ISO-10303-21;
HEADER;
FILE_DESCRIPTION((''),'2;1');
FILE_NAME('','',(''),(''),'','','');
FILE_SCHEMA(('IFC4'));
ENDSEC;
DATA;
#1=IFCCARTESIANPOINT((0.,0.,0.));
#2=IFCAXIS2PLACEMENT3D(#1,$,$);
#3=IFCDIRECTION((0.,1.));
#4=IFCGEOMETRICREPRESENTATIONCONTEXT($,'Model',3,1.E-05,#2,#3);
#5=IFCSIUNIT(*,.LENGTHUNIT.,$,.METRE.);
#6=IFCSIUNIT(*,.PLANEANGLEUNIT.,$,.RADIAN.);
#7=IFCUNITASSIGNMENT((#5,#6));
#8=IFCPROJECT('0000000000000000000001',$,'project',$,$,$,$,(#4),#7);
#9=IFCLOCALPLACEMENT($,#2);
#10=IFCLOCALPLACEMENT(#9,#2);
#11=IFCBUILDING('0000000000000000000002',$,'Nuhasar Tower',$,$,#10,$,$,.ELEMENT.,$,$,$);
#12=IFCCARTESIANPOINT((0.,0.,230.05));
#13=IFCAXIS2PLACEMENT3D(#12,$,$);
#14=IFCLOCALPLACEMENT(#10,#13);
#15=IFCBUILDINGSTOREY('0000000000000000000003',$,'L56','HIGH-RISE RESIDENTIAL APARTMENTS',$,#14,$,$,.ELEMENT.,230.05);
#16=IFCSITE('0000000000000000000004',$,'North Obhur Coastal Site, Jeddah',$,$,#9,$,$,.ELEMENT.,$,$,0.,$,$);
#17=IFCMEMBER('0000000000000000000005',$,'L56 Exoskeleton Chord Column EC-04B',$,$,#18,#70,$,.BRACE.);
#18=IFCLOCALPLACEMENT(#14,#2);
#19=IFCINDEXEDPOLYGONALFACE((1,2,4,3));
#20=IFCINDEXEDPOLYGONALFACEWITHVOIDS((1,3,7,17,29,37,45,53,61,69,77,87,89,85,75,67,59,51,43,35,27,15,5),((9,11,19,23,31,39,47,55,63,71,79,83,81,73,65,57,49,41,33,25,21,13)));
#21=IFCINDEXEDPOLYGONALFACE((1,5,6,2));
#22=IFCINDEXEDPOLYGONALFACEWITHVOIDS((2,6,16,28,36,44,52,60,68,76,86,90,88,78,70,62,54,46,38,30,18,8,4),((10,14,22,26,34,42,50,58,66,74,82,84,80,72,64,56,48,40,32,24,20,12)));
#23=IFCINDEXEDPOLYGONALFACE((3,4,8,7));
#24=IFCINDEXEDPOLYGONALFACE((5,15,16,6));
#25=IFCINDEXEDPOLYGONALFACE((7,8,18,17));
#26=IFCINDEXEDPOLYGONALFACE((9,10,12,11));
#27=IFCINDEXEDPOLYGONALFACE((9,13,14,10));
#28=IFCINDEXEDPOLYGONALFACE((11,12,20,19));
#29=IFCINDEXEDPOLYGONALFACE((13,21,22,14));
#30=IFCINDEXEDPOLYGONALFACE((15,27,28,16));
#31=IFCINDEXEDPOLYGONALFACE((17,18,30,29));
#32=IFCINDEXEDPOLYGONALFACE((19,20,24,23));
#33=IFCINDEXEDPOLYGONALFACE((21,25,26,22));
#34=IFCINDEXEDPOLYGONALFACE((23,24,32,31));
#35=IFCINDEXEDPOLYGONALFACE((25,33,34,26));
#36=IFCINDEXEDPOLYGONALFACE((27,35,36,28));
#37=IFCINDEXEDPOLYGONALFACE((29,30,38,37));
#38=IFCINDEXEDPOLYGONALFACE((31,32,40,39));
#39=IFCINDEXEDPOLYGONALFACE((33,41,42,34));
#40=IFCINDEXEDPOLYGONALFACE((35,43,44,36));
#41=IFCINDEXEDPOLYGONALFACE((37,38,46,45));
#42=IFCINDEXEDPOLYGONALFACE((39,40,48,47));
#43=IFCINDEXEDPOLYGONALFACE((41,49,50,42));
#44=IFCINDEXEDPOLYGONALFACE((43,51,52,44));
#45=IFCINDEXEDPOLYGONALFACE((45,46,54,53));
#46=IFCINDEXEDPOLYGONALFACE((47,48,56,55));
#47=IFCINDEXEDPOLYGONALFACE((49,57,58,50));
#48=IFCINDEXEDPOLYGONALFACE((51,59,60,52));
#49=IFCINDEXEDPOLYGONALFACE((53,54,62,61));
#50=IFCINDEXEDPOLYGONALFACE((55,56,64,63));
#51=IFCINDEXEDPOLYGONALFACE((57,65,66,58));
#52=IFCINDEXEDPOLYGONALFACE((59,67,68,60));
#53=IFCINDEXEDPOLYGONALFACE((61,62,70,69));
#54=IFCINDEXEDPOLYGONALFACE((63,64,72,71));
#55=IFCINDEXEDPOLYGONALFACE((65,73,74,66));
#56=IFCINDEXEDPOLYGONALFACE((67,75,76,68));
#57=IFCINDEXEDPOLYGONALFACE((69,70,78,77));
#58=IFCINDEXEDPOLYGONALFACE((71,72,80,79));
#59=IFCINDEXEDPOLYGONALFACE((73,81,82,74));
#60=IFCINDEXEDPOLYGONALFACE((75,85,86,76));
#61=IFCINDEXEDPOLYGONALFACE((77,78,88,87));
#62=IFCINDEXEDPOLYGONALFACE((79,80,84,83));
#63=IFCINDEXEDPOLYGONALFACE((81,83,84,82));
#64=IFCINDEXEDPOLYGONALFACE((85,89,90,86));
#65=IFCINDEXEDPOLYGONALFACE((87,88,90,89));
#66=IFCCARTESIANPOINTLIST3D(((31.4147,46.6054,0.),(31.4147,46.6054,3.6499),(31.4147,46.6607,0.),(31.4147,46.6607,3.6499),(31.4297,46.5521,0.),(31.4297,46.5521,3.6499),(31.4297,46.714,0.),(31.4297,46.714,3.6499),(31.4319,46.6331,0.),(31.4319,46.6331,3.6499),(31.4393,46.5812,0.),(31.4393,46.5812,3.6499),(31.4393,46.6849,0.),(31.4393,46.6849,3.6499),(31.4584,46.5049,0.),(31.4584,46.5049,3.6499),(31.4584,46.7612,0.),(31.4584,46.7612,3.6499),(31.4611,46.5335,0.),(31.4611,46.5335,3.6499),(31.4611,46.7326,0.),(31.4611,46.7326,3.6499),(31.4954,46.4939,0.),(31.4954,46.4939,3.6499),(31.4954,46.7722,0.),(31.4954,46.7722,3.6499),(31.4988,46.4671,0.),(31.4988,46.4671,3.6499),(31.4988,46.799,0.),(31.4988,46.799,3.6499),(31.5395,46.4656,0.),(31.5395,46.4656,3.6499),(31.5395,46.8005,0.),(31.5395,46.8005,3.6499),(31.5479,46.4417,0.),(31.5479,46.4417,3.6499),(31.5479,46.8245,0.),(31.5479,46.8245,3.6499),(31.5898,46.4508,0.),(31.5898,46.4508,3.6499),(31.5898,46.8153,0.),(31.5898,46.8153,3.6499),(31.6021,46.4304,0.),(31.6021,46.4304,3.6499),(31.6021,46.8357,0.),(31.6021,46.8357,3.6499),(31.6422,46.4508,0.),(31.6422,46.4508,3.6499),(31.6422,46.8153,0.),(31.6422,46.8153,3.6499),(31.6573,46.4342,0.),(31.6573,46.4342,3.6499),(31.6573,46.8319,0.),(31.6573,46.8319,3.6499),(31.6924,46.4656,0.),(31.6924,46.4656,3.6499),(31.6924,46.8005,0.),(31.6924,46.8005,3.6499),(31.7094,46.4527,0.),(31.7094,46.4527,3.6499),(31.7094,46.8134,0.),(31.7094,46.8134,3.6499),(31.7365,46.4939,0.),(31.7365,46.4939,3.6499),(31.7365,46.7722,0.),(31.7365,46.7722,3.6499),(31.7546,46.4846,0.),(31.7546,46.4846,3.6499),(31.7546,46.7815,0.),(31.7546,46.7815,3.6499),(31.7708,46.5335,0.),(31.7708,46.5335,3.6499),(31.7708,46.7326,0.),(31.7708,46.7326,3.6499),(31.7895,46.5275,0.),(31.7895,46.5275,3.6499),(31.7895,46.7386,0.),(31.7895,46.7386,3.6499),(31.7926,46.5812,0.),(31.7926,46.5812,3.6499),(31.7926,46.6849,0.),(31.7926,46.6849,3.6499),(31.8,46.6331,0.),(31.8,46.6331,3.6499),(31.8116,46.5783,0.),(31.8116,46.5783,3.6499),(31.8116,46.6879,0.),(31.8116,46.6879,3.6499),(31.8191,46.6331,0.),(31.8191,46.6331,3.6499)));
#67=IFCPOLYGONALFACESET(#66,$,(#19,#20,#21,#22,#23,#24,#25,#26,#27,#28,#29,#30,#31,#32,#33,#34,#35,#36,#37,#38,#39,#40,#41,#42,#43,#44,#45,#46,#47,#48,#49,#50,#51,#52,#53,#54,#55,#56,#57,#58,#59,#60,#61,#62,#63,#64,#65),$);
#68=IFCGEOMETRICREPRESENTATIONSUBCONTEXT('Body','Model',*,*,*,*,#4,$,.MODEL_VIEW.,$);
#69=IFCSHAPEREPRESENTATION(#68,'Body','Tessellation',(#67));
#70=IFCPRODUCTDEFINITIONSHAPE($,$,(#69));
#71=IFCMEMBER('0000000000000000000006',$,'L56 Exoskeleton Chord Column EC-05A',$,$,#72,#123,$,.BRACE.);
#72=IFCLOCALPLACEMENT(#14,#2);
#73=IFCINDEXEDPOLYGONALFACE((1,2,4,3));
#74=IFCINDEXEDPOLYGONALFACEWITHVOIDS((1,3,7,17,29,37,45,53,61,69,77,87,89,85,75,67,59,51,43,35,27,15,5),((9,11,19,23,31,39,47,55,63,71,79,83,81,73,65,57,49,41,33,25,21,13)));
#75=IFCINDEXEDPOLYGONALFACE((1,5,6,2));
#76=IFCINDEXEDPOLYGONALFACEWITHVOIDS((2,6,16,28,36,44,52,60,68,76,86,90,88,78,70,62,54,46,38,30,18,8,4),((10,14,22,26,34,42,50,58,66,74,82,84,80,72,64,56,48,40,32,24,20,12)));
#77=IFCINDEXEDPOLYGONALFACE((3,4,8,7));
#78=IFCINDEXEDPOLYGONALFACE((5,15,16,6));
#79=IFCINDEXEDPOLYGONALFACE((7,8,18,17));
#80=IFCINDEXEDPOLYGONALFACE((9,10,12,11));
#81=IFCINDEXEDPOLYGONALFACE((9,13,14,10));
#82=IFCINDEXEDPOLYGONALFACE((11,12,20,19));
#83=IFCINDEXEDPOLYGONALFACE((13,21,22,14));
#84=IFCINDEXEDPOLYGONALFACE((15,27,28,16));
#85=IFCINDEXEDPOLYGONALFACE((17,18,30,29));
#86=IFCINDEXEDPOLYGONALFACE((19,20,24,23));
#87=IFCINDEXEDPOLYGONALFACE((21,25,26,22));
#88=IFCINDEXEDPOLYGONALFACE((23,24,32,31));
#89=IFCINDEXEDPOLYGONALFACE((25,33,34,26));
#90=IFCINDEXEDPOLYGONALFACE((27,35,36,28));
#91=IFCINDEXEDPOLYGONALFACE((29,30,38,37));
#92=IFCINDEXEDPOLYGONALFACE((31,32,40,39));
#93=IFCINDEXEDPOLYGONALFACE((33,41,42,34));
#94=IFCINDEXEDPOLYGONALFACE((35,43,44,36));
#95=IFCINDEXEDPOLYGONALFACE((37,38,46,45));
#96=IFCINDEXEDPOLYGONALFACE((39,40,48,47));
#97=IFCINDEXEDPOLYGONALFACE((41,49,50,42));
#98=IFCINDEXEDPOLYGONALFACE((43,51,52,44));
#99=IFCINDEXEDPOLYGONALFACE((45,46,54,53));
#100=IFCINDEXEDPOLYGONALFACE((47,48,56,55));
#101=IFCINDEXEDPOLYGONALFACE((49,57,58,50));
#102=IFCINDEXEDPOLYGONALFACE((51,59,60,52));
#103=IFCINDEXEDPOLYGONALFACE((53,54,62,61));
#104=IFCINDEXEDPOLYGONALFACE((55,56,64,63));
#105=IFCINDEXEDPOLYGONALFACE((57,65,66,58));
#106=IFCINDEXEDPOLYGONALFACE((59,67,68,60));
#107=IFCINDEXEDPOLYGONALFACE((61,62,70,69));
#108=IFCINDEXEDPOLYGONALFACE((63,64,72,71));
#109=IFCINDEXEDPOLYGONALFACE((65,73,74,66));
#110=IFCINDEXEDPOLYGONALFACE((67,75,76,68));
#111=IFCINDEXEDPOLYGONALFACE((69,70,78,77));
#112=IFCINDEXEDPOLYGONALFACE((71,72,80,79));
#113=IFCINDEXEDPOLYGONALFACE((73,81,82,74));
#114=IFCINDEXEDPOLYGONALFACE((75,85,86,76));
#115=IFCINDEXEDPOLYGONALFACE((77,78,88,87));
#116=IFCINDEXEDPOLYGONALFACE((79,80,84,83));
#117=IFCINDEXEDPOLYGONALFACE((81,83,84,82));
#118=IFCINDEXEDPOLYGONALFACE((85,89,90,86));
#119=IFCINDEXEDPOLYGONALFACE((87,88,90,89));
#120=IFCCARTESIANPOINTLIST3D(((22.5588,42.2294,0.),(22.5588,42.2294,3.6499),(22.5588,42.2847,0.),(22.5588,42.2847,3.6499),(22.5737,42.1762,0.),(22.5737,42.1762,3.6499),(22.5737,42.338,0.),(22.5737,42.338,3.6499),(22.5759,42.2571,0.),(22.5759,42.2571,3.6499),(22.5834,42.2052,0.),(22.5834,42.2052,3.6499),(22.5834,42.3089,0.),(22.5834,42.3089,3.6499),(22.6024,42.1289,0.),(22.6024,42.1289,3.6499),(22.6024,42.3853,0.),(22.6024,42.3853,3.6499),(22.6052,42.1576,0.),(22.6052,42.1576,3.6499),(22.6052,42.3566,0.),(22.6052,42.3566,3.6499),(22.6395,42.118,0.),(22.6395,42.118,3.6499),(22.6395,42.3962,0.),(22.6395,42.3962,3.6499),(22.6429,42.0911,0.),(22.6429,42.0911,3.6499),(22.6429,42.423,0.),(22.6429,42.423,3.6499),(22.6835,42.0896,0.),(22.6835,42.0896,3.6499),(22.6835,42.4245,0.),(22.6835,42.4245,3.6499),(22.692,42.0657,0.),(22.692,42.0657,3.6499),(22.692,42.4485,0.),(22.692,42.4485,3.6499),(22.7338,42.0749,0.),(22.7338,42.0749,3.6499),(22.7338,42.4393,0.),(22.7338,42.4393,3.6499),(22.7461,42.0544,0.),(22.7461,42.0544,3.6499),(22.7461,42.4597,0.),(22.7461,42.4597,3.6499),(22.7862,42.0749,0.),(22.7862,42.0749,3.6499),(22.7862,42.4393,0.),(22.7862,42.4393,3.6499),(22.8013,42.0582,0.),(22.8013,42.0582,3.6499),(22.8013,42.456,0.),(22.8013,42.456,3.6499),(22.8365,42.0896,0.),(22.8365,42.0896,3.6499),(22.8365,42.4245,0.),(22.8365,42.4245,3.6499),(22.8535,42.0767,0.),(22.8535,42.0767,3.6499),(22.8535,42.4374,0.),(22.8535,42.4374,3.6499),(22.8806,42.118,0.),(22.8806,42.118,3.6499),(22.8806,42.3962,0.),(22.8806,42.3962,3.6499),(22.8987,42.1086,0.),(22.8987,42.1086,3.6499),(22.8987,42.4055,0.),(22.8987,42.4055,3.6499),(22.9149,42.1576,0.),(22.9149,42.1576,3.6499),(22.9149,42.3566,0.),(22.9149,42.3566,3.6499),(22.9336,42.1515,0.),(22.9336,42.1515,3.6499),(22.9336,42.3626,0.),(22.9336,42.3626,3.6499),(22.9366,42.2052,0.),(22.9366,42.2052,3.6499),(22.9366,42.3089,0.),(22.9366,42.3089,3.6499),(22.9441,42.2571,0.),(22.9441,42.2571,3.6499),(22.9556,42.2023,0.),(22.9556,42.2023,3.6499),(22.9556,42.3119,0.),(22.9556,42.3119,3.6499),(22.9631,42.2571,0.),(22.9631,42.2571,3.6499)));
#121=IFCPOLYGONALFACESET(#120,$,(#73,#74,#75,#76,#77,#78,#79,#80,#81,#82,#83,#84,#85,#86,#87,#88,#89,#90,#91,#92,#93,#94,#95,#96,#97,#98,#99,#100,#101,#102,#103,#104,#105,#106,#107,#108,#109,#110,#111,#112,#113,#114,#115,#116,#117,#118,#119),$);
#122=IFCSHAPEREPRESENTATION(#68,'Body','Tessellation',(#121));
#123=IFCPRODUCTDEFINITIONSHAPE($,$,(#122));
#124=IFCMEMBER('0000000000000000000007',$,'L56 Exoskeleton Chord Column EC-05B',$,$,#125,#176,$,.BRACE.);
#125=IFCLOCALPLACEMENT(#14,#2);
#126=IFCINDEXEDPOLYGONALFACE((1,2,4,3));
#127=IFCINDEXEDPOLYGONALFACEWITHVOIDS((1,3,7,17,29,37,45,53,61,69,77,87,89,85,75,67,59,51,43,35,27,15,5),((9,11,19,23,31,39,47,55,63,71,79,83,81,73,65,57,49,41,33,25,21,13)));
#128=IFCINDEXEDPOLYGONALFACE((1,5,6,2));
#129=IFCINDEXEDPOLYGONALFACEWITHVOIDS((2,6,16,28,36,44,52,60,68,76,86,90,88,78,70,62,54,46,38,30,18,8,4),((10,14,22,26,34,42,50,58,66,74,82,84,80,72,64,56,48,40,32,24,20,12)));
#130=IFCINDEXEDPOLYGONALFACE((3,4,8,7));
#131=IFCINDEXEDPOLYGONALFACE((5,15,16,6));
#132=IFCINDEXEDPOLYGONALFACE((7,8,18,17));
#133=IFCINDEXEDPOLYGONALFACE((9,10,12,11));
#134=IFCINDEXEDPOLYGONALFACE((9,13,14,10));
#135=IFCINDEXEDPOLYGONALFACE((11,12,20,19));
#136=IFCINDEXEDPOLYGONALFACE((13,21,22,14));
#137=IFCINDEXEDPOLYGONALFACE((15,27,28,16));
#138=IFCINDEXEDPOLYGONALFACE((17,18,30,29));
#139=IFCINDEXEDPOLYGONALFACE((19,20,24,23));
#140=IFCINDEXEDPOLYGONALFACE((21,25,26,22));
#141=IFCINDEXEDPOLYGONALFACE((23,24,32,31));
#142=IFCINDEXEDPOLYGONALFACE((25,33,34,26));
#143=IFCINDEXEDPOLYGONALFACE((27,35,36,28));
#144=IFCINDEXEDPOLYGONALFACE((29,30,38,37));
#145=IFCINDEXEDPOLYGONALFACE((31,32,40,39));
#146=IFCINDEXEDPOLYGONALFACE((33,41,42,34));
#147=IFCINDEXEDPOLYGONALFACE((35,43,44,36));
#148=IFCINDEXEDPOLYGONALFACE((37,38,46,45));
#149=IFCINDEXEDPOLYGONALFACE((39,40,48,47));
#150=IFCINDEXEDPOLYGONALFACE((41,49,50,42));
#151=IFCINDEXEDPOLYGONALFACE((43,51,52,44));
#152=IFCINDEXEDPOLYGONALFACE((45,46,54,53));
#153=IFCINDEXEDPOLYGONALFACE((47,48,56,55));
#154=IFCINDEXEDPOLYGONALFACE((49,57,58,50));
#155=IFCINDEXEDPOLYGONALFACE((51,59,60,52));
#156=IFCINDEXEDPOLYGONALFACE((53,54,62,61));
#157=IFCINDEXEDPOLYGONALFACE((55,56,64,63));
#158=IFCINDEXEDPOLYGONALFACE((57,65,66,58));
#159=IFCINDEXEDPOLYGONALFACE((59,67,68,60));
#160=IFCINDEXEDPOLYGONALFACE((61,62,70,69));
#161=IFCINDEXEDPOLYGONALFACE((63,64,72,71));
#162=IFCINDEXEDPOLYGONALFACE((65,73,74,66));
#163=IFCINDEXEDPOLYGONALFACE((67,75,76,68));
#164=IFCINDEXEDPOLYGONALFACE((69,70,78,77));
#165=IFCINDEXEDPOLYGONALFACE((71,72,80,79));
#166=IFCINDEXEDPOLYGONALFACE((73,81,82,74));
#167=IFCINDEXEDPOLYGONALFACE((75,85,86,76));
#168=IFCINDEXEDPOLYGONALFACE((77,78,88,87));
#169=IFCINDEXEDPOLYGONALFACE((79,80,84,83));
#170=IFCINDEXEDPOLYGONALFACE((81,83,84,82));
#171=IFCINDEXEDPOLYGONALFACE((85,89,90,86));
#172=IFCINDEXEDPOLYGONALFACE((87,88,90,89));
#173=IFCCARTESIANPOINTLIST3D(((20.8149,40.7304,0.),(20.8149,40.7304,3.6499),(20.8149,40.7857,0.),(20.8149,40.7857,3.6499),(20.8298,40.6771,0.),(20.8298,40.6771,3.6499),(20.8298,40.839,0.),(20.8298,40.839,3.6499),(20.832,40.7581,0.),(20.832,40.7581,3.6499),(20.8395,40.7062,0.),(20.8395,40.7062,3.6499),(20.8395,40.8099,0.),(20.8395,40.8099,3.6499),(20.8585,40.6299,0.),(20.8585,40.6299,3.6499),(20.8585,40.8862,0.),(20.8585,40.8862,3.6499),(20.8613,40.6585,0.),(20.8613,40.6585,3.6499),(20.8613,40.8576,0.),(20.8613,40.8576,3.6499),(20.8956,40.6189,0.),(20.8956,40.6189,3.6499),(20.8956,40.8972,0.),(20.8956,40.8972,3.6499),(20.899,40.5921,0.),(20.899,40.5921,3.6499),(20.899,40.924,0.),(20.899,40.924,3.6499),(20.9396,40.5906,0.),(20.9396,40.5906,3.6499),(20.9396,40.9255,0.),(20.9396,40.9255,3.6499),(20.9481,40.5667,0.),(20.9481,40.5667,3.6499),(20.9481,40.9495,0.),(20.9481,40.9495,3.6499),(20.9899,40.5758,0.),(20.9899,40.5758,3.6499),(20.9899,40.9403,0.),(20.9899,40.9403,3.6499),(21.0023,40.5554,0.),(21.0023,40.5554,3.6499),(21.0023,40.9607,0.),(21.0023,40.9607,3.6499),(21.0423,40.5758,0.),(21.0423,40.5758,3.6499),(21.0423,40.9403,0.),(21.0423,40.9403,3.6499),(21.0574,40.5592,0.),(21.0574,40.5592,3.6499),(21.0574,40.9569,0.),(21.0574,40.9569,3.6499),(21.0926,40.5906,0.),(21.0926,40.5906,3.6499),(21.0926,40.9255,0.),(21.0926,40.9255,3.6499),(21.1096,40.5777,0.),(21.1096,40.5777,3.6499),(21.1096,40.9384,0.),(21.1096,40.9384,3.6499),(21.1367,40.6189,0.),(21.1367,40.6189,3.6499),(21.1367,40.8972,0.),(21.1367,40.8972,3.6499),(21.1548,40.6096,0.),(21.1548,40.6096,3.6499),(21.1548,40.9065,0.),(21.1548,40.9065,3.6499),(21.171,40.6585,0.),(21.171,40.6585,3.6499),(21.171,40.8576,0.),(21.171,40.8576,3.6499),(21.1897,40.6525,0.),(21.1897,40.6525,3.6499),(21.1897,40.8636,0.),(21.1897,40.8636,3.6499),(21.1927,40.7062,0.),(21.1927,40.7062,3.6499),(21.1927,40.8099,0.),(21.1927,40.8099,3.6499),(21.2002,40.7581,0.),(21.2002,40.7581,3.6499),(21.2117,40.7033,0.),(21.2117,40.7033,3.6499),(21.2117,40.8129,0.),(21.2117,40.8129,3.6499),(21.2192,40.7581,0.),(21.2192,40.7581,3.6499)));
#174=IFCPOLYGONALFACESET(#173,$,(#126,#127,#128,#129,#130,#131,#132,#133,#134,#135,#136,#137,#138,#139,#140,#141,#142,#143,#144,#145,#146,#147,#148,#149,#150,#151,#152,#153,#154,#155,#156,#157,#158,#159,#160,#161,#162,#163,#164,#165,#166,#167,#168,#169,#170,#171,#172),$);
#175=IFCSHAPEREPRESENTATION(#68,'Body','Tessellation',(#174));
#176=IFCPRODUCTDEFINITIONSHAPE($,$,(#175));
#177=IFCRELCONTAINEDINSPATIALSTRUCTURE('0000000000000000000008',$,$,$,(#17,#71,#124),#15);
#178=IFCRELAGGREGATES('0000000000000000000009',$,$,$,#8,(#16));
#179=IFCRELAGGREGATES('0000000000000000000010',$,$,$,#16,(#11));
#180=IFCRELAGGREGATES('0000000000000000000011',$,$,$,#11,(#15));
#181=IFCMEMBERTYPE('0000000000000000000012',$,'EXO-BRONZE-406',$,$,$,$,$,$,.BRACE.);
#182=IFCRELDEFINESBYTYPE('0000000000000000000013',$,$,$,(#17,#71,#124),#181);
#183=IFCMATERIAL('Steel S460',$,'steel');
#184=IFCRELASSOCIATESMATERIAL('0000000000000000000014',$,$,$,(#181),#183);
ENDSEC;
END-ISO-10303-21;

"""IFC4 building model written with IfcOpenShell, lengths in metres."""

from ifc_helpers import new_model, si_unit, direction, frame, origin, origin_2d, place, context, subcontext, project, spatial, hollow_circle, extrude, material, material_profile, profile_set, type_object, element, save


model = new_model("IFC4")

# Units and contexts
model_context = context("Model", 3, precision=1e-05, world=origin(), true_north=direction((0.0, 1.0)))
body_context = subcontext(model_context, "Body", "Model", "MODEL_VIEW")
ifc_project = project(units=[si_unit("LENGTHUNIT", "METRE"), si_unit("PLANEANGLEUNIT", "RADIAN")], contexts=[model_context])

# Site, building, storey
site_placement = place(None, origin())
site = spatial("IfcSite", under=ifc_project, at=site_placement, Name="North Obhur Coastal Site, Jeddah", CompositionType="ELEMENT", RefElevation=0.0)
building_placement = place(site_placement, origin())
building = spatial("IfcBuilding", under=site, at=building_placement, Name="Nuhasar Tower", CompositionType="ELEMENT")
storey_placement = place(building_placement, frame((0.0, 0.0, 230.05)))
storey = spatial("IfcBuildingStorey", under=building, at=storey_placement, Name="L56", Description="HIGH-RISE RESIDENTIAL APARTMENTS", CompositionType="ELEMENT", Elevation=230.05)

# Members
ifc_material_1 = material(Name="Steel S460", Category="steel")
ifc_material_profile_1 = material_profile(ifc_material_1, hollow_circle(Radius=0.2031, WallThickness=0.019, at=origin_2d()), Name="HSS406.4X19.1")
ifc_profile_set_1 = profile_set([ifc_material_profile_1], Name="Steel S460")
member_type_1 = type_object("IfcMemberType", Name="EXO-BRONZE-406", PredefinedType="BRACE", material=ifc_profile_set_1)
for number, where, z_axis, x_axis, name in (
    (1, (31.616, 46.6331, 0.0), (0.0, 0.0, 1.0), (1.0, 0.0, 0.0), "L56 Exoskeleton Chord Column EC-04B"),
    (2, (22.76, 42.2571, 0.0), (0.0, 0.0, 1.0), (1.0, 0.0, 0.0), "L56 Exoskeleton Chord Column EC-05A"),
    (3, (21.0161, 40.7581, 0.0), (0.0, 0.0, 1.0), (1.0, 0.0, 0.0), "L56 Exoskeleton Chord Column EC-05B"),
):
    element("IfcMember", number, at=place(storey_placement, frame(where, z_axis=z_axis, x_axis=x_axis)), inside=storey, type_object=member_type_1, Name=name, PredefinedType="BRACE", context=body_context, shape_type="SweptSolid", body=[
        extrude(hollow_circle(Radius=0.2031, WallThickness=0.019, at=origin_2d()), origin(), (0.0, 0.0, 1.0), 3.6499),
    ])

save(model, "model.ifc")
